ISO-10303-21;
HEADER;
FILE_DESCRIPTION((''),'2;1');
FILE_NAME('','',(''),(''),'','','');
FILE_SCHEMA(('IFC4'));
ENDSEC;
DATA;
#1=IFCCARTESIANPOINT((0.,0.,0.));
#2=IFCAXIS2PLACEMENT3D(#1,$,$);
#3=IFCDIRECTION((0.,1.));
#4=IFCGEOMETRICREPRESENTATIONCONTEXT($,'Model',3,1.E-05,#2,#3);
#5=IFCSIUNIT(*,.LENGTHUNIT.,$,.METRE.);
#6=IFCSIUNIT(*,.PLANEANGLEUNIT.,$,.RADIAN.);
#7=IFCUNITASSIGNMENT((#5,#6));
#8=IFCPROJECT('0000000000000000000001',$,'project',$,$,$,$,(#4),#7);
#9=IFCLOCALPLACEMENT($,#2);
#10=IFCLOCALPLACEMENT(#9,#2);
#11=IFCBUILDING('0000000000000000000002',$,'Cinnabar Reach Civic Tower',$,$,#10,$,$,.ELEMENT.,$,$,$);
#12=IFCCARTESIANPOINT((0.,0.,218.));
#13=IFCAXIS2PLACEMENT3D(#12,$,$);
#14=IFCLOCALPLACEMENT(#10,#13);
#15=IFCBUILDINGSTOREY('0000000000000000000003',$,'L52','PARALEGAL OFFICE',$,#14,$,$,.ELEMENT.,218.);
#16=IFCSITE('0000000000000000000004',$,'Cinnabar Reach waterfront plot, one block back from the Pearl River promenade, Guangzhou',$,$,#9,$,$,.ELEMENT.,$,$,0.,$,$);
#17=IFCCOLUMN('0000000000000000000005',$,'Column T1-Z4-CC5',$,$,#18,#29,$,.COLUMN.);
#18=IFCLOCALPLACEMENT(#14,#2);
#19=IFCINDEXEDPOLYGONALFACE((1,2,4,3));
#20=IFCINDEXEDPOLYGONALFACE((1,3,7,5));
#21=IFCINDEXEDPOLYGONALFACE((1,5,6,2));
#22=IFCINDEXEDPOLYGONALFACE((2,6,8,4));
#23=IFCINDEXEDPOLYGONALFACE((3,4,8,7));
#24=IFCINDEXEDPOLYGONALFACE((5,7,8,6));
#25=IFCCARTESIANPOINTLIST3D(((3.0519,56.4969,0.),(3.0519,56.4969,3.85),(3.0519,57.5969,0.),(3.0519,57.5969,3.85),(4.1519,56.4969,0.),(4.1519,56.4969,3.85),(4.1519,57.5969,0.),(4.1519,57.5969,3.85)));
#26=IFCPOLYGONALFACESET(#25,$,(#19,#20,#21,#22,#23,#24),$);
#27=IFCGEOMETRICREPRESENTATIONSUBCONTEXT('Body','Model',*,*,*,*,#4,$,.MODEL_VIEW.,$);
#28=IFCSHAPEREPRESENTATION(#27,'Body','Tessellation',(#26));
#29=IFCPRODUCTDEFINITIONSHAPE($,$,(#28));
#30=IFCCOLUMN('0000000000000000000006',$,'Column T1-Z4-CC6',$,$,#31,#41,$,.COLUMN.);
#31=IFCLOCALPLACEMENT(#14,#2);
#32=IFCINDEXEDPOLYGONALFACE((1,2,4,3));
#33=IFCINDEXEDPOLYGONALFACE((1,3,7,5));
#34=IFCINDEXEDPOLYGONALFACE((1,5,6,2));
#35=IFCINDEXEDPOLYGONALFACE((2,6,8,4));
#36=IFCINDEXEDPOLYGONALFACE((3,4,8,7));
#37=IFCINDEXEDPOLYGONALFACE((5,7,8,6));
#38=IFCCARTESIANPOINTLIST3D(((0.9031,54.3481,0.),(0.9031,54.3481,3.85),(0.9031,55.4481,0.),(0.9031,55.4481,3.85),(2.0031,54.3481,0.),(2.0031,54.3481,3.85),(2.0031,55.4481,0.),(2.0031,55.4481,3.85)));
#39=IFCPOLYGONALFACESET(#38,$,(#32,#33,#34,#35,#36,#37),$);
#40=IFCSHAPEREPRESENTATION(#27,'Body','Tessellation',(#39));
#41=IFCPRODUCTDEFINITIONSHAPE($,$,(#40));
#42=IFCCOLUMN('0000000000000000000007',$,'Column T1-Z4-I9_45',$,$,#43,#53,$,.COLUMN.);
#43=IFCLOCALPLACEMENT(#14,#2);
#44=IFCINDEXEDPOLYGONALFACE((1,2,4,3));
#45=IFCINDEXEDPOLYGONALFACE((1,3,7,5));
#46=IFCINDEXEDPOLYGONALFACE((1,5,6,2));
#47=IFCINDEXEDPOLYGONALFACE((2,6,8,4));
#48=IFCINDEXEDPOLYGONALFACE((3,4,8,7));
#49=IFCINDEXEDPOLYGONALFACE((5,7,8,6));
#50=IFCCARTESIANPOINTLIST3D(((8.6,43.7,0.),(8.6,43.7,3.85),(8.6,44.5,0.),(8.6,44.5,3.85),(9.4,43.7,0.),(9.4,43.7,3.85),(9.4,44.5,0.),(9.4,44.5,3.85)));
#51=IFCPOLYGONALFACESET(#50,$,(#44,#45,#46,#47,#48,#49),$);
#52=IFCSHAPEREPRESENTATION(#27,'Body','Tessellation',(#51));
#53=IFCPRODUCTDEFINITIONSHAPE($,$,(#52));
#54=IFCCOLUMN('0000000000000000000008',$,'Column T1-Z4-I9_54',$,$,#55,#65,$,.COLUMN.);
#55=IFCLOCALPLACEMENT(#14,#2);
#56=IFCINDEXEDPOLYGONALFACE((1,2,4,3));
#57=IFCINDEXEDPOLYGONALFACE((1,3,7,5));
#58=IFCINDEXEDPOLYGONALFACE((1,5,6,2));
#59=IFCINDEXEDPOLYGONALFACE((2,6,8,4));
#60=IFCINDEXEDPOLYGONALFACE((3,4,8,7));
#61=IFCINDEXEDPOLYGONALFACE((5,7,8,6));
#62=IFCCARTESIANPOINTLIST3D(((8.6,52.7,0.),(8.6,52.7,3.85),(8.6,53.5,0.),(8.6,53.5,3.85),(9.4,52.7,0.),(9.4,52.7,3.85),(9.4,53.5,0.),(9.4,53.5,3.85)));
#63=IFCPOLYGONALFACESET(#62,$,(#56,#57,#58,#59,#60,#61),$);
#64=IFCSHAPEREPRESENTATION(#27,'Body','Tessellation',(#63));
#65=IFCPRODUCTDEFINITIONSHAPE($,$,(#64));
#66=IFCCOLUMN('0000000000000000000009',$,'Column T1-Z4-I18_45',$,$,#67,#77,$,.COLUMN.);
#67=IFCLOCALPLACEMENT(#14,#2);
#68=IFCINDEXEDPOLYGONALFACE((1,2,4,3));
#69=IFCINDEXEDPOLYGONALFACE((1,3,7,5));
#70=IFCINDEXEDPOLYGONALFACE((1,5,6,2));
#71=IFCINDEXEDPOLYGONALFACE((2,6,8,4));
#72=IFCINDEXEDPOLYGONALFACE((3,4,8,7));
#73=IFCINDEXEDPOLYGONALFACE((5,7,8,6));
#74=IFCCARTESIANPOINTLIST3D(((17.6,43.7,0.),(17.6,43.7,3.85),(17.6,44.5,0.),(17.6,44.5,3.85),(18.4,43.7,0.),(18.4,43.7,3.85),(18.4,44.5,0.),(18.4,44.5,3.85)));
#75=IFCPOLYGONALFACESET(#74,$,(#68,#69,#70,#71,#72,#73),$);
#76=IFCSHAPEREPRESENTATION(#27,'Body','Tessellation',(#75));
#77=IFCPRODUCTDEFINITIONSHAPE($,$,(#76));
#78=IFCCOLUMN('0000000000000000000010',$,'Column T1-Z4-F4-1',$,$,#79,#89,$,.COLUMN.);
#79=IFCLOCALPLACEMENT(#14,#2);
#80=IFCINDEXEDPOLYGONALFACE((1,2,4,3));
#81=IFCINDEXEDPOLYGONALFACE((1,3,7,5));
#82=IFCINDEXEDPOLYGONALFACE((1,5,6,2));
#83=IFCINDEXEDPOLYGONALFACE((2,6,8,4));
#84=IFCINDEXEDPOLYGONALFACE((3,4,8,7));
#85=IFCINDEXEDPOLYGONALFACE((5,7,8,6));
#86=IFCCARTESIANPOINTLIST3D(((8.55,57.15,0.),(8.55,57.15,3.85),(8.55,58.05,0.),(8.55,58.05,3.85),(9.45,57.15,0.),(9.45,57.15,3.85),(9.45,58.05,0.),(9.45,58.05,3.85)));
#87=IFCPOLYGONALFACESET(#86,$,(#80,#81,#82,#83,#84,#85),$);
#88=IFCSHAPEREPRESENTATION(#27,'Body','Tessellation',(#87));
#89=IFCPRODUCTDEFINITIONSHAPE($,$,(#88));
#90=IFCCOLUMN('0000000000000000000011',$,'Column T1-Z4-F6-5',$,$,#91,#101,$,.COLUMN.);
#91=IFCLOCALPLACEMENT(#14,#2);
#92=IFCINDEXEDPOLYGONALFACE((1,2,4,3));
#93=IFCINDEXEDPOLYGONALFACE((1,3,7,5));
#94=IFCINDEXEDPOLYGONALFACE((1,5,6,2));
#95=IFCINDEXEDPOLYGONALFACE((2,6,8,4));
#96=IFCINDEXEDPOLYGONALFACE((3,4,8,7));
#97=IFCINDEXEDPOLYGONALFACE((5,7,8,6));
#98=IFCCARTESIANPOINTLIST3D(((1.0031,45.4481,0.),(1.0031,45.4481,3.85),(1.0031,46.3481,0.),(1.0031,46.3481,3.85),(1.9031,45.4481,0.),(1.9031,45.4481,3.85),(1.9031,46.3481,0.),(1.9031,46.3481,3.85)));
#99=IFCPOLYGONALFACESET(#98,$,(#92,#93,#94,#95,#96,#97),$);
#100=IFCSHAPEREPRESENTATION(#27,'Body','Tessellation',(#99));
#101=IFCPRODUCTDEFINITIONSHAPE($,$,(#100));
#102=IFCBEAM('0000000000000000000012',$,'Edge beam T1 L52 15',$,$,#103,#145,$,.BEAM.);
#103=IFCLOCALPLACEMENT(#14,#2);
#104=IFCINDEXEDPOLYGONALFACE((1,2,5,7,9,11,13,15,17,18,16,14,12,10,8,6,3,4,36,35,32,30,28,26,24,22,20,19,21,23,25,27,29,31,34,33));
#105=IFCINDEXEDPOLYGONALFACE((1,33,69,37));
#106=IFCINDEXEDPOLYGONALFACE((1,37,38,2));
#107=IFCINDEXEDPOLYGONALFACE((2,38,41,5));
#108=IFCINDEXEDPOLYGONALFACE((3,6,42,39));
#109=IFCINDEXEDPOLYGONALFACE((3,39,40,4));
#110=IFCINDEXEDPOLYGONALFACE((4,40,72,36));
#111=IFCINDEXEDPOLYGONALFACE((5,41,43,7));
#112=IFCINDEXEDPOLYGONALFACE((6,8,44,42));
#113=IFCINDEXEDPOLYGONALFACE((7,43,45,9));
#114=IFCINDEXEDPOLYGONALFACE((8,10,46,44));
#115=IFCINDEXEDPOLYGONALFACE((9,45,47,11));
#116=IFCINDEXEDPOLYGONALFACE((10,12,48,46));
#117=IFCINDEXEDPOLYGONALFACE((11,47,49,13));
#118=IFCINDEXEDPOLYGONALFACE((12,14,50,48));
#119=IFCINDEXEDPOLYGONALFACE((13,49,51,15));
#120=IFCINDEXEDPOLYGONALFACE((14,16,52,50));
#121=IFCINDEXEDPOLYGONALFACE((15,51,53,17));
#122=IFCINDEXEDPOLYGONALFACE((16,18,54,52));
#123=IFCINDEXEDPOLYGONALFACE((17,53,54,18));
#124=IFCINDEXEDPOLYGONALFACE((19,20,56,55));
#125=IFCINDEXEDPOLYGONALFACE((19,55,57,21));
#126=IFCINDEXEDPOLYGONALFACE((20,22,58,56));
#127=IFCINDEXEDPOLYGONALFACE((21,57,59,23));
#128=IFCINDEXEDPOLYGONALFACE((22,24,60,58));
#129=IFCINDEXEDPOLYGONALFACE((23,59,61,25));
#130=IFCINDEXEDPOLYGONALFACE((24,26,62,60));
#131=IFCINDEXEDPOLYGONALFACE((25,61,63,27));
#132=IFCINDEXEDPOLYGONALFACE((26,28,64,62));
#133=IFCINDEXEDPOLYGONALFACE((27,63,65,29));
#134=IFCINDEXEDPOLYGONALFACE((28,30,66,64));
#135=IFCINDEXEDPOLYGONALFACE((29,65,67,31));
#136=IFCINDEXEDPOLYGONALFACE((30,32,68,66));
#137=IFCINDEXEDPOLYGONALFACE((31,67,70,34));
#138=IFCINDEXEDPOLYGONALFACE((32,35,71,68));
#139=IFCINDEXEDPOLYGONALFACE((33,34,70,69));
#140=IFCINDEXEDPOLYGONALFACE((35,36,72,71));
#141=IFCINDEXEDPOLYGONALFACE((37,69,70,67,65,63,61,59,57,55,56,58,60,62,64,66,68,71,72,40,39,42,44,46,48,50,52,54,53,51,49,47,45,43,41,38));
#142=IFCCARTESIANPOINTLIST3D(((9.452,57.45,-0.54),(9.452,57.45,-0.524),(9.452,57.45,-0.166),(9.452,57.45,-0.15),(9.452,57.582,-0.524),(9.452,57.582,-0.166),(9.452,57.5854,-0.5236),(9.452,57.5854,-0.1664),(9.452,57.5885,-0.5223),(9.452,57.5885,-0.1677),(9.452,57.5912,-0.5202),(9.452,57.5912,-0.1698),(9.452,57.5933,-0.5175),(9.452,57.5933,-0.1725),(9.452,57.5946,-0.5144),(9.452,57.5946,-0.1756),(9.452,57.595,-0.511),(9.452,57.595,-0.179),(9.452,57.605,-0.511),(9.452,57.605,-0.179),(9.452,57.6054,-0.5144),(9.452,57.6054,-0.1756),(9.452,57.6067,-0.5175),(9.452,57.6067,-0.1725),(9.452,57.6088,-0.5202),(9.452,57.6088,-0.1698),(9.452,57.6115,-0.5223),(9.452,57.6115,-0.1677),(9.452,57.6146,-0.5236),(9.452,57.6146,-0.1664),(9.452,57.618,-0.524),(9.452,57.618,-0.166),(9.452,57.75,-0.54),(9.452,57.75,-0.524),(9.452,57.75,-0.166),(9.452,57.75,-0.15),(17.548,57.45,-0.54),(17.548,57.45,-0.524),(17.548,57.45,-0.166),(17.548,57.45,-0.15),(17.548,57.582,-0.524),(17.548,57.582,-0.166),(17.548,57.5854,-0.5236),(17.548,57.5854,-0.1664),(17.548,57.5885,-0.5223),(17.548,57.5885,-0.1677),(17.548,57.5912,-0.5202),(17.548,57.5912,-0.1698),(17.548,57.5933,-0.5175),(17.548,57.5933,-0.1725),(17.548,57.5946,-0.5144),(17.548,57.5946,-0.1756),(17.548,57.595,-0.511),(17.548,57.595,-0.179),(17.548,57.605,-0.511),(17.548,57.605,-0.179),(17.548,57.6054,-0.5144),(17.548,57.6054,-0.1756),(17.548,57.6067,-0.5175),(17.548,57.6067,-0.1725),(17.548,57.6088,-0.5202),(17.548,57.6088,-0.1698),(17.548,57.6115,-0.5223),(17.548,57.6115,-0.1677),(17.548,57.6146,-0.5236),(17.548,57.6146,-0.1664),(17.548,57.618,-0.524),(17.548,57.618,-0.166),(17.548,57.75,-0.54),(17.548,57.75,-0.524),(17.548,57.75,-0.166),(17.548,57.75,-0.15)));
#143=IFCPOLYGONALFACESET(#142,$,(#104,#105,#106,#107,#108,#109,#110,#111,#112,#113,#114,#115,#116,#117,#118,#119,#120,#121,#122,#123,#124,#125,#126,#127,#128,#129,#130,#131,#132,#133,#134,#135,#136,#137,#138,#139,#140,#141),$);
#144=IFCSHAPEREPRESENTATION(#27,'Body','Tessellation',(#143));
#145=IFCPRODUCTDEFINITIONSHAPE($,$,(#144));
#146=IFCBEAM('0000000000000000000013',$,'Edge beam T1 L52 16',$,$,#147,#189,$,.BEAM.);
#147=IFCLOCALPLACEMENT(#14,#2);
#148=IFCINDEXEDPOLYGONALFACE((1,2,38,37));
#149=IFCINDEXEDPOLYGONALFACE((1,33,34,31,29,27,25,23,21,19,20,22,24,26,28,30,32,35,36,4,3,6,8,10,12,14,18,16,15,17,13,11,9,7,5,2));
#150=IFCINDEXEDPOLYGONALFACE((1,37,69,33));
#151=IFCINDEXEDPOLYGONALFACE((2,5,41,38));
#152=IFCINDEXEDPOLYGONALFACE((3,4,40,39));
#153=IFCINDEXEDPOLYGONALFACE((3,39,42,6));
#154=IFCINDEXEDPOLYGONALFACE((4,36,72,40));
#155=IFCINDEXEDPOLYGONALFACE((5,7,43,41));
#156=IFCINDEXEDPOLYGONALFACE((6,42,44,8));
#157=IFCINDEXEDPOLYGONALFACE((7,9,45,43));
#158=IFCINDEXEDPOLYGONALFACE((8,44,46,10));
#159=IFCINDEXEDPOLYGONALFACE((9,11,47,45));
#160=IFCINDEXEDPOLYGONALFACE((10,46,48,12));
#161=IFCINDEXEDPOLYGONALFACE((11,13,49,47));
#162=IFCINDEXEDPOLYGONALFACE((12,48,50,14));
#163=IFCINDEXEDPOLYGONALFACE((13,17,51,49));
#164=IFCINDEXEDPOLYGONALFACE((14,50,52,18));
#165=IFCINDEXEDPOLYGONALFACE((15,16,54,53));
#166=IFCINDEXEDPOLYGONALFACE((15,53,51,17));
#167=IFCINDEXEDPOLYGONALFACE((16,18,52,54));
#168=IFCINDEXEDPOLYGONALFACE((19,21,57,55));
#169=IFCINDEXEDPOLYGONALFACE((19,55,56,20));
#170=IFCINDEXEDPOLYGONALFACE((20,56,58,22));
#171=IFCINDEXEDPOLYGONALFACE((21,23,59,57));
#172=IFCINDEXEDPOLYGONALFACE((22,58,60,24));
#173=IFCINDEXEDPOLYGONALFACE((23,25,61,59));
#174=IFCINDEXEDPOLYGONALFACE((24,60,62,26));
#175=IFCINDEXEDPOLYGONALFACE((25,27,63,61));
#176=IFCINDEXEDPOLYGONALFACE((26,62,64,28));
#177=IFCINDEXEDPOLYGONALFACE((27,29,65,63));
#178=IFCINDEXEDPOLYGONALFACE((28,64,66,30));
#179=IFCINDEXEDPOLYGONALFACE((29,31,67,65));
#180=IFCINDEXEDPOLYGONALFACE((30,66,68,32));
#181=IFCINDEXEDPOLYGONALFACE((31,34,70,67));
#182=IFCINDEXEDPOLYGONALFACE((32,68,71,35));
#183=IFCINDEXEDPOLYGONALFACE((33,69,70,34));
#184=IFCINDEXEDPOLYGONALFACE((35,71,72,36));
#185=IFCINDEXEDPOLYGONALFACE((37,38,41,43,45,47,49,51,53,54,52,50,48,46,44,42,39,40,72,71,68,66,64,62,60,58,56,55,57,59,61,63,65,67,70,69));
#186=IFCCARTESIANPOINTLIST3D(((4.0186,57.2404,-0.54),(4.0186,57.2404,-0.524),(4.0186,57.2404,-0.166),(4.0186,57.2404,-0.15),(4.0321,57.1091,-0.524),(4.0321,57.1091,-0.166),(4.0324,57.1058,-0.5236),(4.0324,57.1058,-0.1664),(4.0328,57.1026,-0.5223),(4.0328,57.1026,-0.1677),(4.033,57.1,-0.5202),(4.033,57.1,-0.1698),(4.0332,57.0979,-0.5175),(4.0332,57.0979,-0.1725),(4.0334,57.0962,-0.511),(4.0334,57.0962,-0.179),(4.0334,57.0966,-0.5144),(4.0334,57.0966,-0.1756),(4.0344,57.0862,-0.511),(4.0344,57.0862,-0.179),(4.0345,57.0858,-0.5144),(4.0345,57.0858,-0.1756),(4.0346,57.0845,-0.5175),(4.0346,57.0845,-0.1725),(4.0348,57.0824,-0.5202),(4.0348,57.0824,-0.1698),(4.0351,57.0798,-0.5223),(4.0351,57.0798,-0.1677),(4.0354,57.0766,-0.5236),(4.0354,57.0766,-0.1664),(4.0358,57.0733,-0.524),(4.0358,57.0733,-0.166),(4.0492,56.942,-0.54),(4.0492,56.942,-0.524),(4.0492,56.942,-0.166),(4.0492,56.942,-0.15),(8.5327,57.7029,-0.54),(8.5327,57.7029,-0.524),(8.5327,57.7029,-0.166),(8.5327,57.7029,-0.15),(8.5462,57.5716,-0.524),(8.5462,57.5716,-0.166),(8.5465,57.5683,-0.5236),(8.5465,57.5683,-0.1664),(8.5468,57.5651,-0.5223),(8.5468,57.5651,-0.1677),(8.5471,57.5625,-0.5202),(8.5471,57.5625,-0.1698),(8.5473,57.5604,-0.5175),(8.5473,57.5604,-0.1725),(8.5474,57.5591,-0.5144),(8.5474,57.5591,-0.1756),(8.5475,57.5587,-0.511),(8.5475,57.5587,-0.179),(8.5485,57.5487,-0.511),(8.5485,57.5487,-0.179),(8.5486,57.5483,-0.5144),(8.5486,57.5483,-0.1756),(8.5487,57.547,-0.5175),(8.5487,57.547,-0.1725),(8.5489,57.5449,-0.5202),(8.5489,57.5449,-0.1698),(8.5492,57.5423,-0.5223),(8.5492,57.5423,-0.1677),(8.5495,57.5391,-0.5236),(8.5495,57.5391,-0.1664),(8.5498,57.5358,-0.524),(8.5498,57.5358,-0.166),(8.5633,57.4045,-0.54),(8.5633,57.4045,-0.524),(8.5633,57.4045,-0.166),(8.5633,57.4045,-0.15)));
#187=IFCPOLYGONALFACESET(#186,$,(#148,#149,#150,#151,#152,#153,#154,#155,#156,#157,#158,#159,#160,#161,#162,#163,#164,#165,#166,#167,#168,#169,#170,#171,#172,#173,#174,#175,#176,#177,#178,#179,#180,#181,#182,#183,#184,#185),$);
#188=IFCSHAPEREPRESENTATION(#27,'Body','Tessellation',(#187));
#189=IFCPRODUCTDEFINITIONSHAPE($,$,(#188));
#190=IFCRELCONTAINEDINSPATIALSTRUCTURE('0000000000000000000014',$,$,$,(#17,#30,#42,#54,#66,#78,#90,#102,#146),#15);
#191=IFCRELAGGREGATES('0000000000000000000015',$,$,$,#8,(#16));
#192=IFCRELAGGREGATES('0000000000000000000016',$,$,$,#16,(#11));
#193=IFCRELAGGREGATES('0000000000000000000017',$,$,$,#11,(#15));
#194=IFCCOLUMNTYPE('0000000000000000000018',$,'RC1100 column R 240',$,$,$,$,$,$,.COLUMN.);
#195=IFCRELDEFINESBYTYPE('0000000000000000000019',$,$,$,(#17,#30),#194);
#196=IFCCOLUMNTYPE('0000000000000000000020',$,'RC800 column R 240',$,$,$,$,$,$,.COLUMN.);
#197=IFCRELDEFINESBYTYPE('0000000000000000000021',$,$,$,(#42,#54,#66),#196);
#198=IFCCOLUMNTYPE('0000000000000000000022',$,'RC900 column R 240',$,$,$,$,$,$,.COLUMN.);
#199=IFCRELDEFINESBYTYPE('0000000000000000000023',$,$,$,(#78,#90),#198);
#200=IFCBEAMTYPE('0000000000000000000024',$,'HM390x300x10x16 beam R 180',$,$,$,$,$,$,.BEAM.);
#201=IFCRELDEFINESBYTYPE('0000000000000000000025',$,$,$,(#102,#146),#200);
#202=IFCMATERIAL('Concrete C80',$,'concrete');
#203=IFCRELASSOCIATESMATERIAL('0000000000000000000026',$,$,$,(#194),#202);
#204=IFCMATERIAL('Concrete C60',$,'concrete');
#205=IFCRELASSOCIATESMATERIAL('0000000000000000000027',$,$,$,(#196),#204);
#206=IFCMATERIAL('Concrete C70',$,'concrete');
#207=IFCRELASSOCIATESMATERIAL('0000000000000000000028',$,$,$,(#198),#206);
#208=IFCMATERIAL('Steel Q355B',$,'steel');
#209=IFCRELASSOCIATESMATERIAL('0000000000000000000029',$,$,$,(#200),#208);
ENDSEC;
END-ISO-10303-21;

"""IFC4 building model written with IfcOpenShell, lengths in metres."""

from ifc_helpers import new_model, si_unit, direction, frame, origin, origin_2d, place, context, subcontext, project, spatial, rectangle, i_section, extrude, material, material_profile, profile_set, type_object, element, save


model = new_model("IFC4")

# Units and contexts
model_context = context("Model", 3, precision=1e-05, world=origin(), true_north=direction((0.0, 1.0)))
body_context = subcontext(model_context, "Body", "Model", "MODEL_VIEW")
ifc_project = project(units=[si_unit("LENGTHUNIT", "METRE"), si_unit("PLANEANGLEUNIT", "RADIAN")], contexts=[model_context])

# Site, building, storey
site_placement = place(None, origin())
site = spatial("IfcSite", under=ifc_project, at=site_placement, Name="Cinnabar Reach waterfront plot, one block back from the Pearl River promenade, Guangzhou", CompositionType="ELEMENT", RefElevation=0.0)
building_placement = place(site_placement, origin())
building = spatial("IfcBuilding", under=site, at=building_placement, Name="Cinnabar Reach Civic Tower", CompositionType="ELEMENT")
storey_placement = place(building_placement, frame((0.0, 0.0, 218.0)))
storey = spatial("IfcBuildingStorey", under=building, at=storey_placement, Name="L52", Description="PARALEGAL OFFICE", CompositionType="ELEMENT", Elevation=218.0)

# Columns
ifc_material_1 = material(Name="Concrete C80", Category="concrete")
ifc_material_profile_1 = material_profile(ifc_material_1, rectangle(XDim=1.1, YDim=1.1, at=origin_2d()), Name="RC1100")
ifc_profile_set_1 = profile_set([ifc_material_profile_1], Name="Concrete C80")
column_type_1 = type_object("IfcColumnType", Name="RC1100 column R 240", PredefinedType="COLUMN", material=ifc_profile_set_1)
for number, where, z_axis, x_axis, name in (
    (1, (3.6019, 57.0469, 0.0), (0.0, 0.0, 1.0), (1.0, 0.0, 0.0), "Column T1-Z4-CC5"),
    (2, (1.4531, 54.8981, 0.0), (0.0, 0.0, 1.0), (1.0, 0.0, 0.0), "Column T1-Z4-CC6"),
):
    element("IfcColumn", number, at=place(storey_placement, frame(where, z_axis=z_axis, x_axis=x_axis)), inside=storey, type_object=column_type_1, Name=name, PredefinedType="COLUMN", context=body_context, shape_type="SweptSolid", body=[
        extrude(rectangle(XDim=1.1, YDim=1.1, at=origin_2d()), origin(), (0.0, 0.0, 1.0), 3.85),
    ])
ifc_material_2 = material(Name="Concrete C60", Category="concrete")
ifc_material_profile_2 = material_profile(ifc_material_2, rectangle(XDim=0.8, YDim=0.8, at=origin_2d()), Name="RC800")
ifc_profile_set_2 = profile_set([ifc_material_profile_2], Name="Concrete C60")
column_type_2 = type_object("IfcColumnType", Name="RC800 column R 240", PredefinedType="COLUMN", material=ifc_profile_set_2)
for number, where, z_axis, x_axis, name in (
    (3, (9.0, 44.1, 0.0), (0.0, 0.0, 1.0), (1.0, 0.0, 0.0), "Column T1-Z4-I9_45"),
    (4, (9.0, 53.1, 0.0), (0.0, 0.0, 1.0), (1.0, 0.0, 0.0), "Column T1-Z4-I9_54"),
    (5, (18.0, 44.1, 0.0), (0.0, 0.0, 1.0), (1.0, 0.0, 0.0), "Column T1-Z4-I18_45"),
):
    element("IfcColumn", number, at=place(storey_placement, frame(where, z_axis=z_axis, x_axis=x_axis)), inside=storey, type_object=column_type_2, Name=name, PredefinedType="COLUMN", context=body_context, shape_type="SweptSolid", body=[
        extrude(rectangle(XDim=0.8, YDim=0.8, at=origin_2d()), origin(), (0.0, 0.0, 1.0), 3.85),
    ])
ifc_material_3 = material(Name="Concrete C70", Category="concrete")
ifc_material_profile_3 = material_profile(ifc_material_3, rectangle(XDim=0.9, YDim=0.9, at=origin_2d()), Name="RC900")
ifc_profile_set_3 = profile_set([ifc_material_profile_3], Name="Concrete C70")
column_type_3 = type_object("IfcColumnType", Name="RC900 column R 240", PredefinedType="COLUMN", material=ifc_profile_set_3)
for number, where, z_axis, x_axis, name in (
    (6, (9.0, 57.6, 0.0), (0.0, 0.0, 1.0), (1.0, 0.0, 0.0), "Column T1-Z4-F4-1"),
    (7, (1.4531, 45.8981, 0.0), (0.0, 0.0, 1.0), (1.0, 0.0, 0.0), "Column T1-Z4-F6-5"),
):
    element("IfcColumn", number, at=place(storey_placement, frame(where, z_axis=z_axis, x_axis=x_axis)), inside=storey, type_object=column_type_3, Name=name, PredefinedType="COLUMN", context=body_context, shape_type="SweptSolid", body=[
        extrude(rectangle(XDim=0.9, YDim=0.9, at=origin_2d()), origin(), (0.0, 0.0, 1.0), 3.85),
    ])

# Beams
ifc_material_4 = material(Name="Steel Q355B", Category="steel")
ifc_material_profile_4 = material_profile(ifc_material_4, i_section(OverallWidth=0.3, OverallDepth=0.39, WebThickness=0.01, FlangeThickness=0.016, FilletRadius=0.013, at=origin_2d()), Name="HM390x300x10x16")
ifc_profile_set_4 = profile_set([ifc_material_profile_4], Name="Steel Q355B")
beam_type_1 = type_object("IfcBeamType", Name="HM390x300x10x16 beam R 180", PredefinedType="BEAM", material=ifc_profile_set_4)
beam_1_placement = place(storey_placement, frame((17.548, 57.6, -0.345), z_axis=(-1.0, 0.0, 0.0), x_axis=(0.0, -1.0, 0.0)))
element("IfcBeam", 8, at=beam_1_placement, inside=storey, type_object=beam_type_1, Name="Edge beam T1 L52 15", PredefinedType="BEAM", context=body_context, shape_type="SweptSolid", body=[
    extrude(i_section(OverallWidth=0.3, OverallDepth=0.39, WebThickness=0.01, FlangeThickness=0.016, FilletRadius=0.013, at=origin_2d()), origin(), (0.0, 0.0, 1.0), 8.096),
])
beam_2_placement = place(storey_placement, frame((8.548, 57.5537, -0.345), z_axis=(-0.994792, -0.101923, 0.0), x_axis=(0.101923, -0.994792, 0.0)))
element("IfcBeam", 9, at=beam_2_placement, inside=storey, type_object=beam_type_1, Name="Edge beam T1 L52 16", PredefinedType="BEAM", context=body_context, shape_type="SweptSolid", body=[
    extrude(i_section(OverallWidth=0.3, OverallDepth=0.39, WebThickness=0.01, FlangeThickness=0.016, FilletRadius=0.013, at=origin_2d()), origin(), (0.0, 0.0, 1.0), 4.5377),
])

save(model, "model.ifc")
